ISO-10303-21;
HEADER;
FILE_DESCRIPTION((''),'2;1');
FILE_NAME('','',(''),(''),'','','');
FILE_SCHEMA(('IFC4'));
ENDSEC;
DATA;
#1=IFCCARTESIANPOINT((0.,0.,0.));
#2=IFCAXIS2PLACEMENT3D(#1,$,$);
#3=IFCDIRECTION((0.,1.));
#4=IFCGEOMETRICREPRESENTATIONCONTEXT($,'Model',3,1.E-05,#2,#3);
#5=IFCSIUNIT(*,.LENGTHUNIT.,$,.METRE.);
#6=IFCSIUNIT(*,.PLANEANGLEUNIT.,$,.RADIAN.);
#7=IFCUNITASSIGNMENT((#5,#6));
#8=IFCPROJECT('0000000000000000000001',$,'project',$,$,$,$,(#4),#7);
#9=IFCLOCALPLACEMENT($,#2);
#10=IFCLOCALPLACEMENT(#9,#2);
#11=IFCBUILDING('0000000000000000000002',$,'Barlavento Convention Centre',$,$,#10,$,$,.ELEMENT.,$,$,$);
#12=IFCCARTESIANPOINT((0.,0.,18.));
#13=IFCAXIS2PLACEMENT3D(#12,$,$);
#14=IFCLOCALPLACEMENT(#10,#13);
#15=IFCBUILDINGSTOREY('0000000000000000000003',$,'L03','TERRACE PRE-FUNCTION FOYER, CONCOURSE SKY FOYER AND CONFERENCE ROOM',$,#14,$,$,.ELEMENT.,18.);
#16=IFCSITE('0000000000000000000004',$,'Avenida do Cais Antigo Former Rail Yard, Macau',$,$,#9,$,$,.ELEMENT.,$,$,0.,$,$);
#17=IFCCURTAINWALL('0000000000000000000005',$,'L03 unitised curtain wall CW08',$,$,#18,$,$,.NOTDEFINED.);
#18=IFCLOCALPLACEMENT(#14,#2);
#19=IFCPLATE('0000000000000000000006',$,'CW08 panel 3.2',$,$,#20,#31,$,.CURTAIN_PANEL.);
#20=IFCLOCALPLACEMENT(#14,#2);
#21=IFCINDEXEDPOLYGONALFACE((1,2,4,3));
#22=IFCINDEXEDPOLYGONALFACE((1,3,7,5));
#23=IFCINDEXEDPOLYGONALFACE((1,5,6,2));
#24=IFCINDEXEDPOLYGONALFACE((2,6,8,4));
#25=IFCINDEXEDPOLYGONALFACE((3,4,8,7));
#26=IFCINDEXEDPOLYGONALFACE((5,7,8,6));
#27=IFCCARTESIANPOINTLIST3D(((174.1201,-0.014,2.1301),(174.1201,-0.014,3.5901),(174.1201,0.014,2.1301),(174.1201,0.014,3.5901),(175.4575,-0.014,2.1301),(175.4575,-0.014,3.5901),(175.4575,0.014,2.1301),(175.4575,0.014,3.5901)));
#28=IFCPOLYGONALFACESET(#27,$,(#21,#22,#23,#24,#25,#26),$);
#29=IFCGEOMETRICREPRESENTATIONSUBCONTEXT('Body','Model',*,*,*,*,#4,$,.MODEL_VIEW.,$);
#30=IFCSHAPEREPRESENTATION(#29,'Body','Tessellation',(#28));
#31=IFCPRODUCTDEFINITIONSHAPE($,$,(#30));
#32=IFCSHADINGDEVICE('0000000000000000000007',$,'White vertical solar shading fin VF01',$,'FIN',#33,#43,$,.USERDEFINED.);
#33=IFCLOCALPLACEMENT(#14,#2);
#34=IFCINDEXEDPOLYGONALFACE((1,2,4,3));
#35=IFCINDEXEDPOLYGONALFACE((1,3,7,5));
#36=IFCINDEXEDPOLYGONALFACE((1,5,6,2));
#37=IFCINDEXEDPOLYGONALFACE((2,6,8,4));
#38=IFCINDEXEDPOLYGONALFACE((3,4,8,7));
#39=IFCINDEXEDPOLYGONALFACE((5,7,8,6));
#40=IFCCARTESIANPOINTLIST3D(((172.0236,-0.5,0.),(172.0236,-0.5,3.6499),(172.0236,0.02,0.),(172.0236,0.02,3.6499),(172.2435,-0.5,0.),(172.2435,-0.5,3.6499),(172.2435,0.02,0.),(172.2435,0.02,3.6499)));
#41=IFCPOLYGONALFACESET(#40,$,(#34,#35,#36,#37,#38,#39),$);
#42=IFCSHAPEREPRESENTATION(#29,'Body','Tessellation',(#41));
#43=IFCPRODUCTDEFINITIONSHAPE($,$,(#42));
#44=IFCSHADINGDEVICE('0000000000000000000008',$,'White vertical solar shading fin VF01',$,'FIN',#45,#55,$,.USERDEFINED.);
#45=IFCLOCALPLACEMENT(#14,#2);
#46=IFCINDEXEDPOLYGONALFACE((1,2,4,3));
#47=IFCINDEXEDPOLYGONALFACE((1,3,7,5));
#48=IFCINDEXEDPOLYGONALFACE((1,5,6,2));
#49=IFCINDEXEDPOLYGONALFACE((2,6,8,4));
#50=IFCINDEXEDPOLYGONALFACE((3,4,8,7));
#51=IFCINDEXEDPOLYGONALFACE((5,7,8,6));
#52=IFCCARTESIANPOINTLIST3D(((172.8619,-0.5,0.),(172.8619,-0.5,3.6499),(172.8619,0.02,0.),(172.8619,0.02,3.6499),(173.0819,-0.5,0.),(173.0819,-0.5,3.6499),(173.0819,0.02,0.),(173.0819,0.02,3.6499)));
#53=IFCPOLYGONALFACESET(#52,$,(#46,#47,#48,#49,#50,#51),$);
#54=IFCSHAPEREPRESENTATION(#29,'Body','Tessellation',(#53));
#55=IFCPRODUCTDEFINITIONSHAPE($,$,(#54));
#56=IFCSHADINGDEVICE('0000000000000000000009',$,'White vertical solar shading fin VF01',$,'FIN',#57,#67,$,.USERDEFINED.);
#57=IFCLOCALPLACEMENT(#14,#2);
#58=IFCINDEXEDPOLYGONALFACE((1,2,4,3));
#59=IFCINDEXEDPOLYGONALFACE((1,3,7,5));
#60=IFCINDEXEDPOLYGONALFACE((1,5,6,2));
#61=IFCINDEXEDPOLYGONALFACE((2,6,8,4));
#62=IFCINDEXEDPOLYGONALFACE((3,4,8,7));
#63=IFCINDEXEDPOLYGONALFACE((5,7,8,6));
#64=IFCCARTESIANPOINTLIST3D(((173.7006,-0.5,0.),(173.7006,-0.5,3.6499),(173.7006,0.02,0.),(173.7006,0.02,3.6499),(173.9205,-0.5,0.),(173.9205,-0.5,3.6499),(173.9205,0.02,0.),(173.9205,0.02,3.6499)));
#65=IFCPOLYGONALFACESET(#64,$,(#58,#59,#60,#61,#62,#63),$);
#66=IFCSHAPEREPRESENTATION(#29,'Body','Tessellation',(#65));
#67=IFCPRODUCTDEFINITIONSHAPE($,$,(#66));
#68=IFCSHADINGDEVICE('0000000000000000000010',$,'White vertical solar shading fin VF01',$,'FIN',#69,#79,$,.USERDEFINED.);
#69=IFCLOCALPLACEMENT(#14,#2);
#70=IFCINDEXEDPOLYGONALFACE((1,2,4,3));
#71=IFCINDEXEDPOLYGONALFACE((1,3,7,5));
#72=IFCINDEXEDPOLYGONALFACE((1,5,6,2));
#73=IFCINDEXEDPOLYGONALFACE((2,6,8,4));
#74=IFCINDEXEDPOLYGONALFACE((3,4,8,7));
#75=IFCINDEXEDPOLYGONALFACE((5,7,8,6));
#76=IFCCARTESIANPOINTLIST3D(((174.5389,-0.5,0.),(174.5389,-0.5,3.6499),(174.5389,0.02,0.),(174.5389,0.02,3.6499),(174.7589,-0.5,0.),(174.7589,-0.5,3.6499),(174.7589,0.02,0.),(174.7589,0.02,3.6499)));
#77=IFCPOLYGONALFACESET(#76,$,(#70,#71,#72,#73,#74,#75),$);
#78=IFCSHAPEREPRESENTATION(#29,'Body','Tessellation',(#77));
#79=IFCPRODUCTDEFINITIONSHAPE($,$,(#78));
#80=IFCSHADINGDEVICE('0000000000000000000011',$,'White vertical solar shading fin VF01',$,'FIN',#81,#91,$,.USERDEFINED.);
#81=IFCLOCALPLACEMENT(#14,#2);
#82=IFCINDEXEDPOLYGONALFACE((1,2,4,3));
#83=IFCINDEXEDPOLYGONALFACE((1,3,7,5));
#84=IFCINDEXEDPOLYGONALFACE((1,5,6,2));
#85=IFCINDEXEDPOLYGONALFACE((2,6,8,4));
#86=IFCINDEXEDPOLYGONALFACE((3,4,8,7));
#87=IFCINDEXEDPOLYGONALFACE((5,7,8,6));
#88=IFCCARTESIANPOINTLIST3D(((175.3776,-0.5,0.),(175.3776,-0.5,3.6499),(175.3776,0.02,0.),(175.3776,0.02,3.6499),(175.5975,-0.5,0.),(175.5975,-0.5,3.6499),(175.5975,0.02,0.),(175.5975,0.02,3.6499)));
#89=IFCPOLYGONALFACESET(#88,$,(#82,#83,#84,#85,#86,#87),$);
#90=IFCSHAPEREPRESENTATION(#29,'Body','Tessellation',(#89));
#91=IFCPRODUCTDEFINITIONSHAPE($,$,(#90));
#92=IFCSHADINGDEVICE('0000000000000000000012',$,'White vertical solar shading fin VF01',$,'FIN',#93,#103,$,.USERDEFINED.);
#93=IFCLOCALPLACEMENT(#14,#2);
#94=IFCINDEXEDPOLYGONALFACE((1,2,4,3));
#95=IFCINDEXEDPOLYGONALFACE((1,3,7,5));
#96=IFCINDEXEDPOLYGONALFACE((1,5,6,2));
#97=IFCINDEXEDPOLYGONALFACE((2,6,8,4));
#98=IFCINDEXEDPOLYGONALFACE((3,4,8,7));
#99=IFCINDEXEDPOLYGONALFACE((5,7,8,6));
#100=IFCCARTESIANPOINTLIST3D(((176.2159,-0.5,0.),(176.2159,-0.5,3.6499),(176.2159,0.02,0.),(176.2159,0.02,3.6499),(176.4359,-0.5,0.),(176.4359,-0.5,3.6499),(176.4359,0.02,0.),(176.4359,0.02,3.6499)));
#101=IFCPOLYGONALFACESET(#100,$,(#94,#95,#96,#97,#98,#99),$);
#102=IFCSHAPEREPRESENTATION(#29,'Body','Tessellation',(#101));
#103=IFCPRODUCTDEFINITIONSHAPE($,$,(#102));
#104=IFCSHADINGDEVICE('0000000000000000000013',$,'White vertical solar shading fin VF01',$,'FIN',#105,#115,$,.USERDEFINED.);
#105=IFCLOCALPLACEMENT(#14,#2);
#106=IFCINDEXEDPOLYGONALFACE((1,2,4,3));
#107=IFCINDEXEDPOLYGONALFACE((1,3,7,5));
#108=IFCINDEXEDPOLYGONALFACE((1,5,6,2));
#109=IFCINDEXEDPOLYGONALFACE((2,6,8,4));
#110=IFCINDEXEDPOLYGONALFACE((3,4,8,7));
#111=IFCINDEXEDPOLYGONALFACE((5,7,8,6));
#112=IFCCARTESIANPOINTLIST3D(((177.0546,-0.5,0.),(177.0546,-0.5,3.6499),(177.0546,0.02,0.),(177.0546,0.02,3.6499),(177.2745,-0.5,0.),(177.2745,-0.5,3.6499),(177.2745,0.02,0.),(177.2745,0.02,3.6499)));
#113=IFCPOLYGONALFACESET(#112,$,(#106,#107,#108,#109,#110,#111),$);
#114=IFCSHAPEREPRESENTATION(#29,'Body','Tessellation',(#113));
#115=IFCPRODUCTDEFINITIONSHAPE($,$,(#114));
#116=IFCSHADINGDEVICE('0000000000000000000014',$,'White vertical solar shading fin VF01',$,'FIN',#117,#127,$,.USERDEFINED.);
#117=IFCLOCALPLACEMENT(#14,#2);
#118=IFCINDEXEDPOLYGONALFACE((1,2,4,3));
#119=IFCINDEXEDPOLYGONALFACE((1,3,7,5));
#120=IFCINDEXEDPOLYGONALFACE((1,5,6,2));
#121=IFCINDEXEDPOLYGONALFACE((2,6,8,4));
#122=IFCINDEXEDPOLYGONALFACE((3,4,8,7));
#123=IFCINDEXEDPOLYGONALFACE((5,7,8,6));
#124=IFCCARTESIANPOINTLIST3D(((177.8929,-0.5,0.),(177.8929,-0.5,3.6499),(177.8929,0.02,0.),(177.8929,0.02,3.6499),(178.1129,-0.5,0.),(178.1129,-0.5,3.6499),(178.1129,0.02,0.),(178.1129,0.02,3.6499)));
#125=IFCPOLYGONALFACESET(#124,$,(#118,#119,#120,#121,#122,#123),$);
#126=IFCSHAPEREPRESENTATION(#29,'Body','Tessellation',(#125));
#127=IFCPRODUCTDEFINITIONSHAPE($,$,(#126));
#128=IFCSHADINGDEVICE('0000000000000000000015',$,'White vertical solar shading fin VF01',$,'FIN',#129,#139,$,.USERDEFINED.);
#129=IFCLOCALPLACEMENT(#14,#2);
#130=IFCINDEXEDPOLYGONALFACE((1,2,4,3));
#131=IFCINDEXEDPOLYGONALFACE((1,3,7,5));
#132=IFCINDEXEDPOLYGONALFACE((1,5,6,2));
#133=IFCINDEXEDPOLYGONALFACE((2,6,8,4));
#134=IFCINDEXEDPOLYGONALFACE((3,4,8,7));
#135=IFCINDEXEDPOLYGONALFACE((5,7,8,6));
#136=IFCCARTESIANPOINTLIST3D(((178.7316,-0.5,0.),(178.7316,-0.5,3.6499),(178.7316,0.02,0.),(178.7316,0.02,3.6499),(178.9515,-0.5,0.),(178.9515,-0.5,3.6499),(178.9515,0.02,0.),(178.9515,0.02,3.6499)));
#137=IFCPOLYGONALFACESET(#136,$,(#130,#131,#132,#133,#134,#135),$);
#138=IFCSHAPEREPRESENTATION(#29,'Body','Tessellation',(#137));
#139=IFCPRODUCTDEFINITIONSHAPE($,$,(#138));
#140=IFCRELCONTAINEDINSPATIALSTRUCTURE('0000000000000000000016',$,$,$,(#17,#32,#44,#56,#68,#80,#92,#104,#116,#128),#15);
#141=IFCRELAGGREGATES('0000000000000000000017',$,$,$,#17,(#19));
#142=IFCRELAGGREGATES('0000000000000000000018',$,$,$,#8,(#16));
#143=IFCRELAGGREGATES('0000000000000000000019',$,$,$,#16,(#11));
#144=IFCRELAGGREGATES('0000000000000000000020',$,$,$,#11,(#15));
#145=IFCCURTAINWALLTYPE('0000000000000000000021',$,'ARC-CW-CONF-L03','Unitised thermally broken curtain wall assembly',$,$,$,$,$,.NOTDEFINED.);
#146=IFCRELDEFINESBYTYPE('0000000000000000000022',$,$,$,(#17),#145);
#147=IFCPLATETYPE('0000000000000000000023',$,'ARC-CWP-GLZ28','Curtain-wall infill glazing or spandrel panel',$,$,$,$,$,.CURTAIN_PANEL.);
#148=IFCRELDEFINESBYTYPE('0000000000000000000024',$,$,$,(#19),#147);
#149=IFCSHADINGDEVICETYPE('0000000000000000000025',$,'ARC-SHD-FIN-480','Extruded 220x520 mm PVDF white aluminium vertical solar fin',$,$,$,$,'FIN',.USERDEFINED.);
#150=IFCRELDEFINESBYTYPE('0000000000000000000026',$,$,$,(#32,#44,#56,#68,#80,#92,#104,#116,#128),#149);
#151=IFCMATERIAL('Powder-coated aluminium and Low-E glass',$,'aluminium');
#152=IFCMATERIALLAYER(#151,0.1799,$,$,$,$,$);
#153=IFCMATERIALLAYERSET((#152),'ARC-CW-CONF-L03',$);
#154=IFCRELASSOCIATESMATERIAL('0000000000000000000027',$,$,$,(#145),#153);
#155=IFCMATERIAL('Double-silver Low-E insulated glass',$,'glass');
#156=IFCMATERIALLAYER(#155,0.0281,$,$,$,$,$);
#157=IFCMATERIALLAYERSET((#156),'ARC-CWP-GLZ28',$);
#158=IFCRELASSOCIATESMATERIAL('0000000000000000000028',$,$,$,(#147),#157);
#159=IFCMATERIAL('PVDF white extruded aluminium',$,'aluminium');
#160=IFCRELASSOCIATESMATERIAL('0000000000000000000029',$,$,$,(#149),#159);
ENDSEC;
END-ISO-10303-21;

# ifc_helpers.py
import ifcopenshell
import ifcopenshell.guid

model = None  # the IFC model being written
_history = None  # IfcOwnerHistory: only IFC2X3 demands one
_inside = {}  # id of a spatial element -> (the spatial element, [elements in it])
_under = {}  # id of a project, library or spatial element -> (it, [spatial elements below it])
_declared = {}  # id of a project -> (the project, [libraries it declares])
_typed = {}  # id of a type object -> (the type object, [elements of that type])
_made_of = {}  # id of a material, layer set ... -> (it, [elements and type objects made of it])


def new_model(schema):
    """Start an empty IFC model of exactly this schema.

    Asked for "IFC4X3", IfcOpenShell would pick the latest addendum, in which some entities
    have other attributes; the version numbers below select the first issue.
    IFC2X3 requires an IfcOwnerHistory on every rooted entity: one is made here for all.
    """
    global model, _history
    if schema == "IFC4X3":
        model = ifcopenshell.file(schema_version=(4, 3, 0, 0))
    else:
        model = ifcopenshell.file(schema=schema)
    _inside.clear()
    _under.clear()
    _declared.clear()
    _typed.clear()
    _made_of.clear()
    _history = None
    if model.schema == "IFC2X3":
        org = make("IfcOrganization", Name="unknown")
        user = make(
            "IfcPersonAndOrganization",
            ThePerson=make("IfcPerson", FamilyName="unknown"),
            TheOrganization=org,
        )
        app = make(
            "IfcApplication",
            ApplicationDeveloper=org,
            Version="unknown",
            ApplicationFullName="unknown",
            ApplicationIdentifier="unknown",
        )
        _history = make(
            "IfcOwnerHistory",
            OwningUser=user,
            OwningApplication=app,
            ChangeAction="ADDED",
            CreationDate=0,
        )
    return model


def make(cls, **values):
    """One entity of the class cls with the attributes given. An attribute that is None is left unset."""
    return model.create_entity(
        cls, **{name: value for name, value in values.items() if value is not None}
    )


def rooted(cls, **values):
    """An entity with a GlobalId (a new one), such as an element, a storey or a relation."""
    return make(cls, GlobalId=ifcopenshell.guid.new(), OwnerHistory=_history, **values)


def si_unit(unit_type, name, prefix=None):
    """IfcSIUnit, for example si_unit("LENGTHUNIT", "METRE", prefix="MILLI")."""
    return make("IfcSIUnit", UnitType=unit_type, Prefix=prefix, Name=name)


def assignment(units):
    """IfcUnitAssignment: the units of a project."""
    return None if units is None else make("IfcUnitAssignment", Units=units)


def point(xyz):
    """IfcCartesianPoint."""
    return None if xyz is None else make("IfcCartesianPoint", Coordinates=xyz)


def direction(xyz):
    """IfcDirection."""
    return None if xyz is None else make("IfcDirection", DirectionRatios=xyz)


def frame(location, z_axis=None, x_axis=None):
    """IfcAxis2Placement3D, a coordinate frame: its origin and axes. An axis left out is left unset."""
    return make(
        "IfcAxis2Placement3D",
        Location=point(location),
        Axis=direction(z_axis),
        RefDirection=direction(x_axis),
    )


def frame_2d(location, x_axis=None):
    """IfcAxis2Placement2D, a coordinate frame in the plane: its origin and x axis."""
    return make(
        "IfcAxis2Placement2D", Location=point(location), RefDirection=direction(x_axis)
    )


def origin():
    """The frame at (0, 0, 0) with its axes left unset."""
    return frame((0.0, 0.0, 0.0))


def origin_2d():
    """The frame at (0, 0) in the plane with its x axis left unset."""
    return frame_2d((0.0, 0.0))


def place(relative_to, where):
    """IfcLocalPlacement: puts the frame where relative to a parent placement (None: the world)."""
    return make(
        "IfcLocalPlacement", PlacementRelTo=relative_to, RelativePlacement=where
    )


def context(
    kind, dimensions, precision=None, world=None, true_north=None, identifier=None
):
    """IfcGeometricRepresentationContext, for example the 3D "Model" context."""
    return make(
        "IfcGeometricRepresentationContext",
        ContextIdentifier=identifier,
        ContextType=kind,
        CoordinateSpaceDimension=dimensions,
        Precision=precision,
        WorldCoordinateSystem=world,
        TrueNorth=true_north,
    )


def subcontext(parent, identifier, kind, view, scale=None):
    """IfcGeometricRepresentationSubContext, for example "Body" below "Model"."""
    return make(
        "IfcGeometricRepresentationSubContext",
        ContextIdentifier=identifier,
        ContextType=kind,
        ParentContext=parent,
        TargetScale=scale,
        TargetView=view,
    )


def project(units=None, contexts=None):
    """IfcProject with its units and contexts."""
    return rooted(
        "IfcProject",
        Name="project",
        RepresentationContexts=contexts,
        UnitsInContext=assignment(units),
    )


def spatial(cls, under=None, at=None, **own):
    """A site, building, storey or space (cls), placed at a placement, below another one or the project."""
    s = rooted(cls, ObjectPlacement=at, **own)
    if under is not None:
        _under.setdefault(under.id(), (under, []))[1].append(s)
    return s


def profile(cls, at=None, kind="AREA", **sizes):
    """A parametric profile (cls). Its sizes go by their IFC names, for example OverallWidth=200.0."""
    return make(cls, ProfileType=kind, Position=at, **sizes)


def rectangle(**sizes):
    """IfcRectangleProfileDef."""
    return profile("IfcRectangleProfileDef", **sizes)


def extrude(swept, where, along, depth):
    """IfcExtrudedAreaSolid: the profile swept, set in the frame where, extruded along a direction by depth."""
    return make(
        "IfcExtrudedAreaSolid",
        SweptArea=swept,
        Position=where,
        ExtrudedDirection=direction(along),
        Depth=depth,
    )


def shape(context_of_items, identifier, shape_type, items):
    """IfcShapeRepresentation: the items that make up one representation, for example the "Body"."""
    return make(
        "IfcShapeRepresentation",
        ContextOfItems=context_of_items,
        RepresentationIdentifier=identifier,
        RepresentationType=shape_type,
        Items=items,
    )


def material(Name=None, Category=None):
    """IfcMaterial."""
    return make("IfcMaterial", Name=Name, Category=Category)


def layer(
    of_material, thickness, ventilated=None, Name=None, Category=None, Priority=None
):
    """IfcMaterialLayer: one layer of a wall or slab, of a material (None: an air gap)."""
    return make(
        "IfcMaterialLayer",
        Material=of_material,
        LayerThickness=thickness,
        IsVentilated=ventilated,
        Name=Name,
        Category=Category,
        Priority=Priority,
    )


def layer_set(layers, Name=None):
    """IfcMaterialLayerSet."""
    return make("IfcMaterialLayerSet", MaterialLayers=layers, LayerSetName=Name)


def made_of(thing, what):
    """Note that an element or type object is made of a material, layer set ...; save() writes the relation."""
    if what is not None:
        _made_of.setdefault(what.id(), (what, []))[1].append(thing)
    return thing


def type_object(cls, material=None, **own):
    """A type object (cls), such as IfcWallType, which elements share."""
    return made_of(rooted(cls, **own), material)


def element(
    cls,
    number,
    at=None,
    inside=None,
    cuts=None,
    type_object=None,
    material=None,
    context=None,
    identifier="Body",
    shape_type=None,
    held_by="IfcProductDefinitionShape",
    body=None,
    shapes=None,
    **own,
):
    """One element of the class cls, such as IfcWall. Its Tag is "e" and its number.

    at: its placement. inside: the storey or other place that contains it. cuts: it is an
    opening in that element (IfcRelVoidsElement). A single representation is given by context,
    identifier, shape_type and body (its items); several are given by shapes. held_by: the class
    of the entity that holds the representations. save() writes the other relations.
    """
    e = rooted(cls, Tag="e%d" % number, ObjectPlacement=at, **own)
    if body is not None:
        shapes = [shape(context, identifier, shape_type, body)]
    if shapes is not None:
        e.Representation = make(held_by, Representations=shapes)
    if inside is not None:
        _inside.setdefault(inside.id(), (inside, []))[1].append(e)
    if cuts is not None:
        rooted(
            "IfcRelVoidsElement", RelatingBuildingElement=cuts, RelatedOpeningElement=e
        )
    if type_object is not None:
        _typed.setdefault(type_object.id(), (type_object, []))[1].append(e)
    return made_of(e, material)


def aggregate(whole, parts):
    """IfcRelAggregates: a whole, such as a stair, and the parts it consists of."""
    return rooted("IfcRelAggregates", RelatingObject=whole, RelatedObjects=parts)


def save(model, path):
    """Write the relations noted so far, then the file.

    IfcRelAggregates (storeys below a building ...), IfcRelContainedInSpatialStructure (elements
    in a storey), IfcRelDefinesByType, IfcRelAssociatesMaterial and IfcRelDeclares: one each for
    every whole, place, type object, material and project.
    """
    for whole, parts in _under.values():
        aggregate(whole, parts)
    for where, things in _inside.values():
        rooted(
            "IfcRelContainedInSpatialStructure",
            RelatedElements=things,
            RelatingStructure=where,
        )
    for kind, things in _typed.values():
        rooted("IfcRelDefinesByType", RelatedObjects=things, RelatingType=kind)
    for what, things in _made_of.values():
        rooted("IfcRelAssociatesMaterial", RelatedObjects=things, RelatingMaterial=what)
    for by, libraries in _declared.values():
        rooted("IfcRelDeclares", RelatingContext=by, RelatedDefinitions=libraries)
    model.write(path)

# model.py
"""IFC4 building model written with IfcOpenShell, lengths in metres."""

from ifc_helpers import new_model, si_unit, direction, frame, origin, origin_2d, place, context, subcontext, project, spatial, rectangle, extrude, material, layer, layer_set, type_object, element, aggregate, save


model = new_model("IFC4")

# Units and contexts
model_context = context("Model", 3, precision=1e-05, world=origin(), true_north=direction((0.0, 1.0)))
body_context = subcontext(model_context, "Body", "Model", "MODEL_VIEW")
ifc_project = project(units=[si_unit("LENGTHUNIT", "METRE"), si_unit("PLANEANGLEUNIT", "RADIAN")], contexts=[model_context])

# Site, building, storey
site_placement = place(None, origin())
site = spatial("IfcSite", under=ifc_project, at=site_placement, Name="Avenida do Cais Antigo Former Rail Yard, Macau", CompositionType="ELEMENT", RefElevation=0.0)
building_placement = place(site_placement, origin())
building = spatial("IfcBuilding", under=site, at=building_placement, Name="Barlavento Convention Centre", CompositionType="ELEMENT")
storey_placement = place(building_placement, frame((0.0, 0.0, 18.0)))
storey = spatial("IfcBuildingStorey", under=building, at=storey_placement, Name="L03", Description="TERRACE PRE-FUNCTION FOYER, CONCOURSE SKY FOYER AND CONFERENCE ROOM", CompositionType="ELEMENT", Elevation=18.0)

# Curtain wall
ifc_material_1 = material(Name="Powder-coated aluminium and Low-E glass", Category="aluminium")
ifc_layer_1 = layer(ifc_material_1, 0.1799)
ifc_layer_set_1 = layer_set([ifc_layer_1], Name="ARC-CW-CONF-L03")
curtain_wall_type = type_object("IfcCurtainWallType", Name="ARC-CW-CONF-L03", Description="Unitised thermally broken curtain wall assembly", PredefinedType="NOTDEFINED", material=ifc_layer_set_1)
curtain_wall_placement = place(storey_placement, origin())
curtain_wall = element("IfcCurtainWall", 1, at=curtain_wall_placement, inside=storey, type_object=curtain_wall_type, Name="L03 unitised curtain wall CW08", PredefinedType="NOTDEFINED")

# Plate
ifc_material_2 = material(Name="Double-silver Low-E insulated glass", Category="glass")
ifc_layer_2 = layer(ifc_material_2, 0.0281)
ifc_layer_set_2 = layer_set([ifc_layer_2], Name="ARC-CWP-GLZ28")
plate_type = type_object("IfcPlateType", Name="ARC-CWP-GLZ28", Description="Curtain-wall infill glazing or spandrel panel", PredefinedType="CURTAIN_PANEL", material=ifc_layer_set_2)
plate_1_placement = place(storey_placement, frame((174.7888, 0.0, 2.1301), z_axis=(0.0, 0.0, 1.0), x_axis=(1.0, 0.0, 0.0)))
plate_1 = element("IfcPlate", 2, at=plate_1_placement, type_object=plate_type, Name="CW08 panel 3.2", PredefinedType="CURTAIN_PANEL", context=body_context, shape_type="SweptSolid", body=[
    extrude(rectangle(XDim=1.3374, YDim=0.0281, at=origin_2d()), origin(), (0.0, 0.0, 1.0), 1.46),
])
aggregate(curtain_wall, [plate_1])

# Shading devices
ifc_material_3 = material(Name="PVDF white extruded aluminium", Category="aluminium")
shading_device_type = type_object("IfcShadingDeviceType", Name="ARC-SHD-FIN-480", Description="Extruded 220x520 mm PVDF white aluminium vertical solar fin", ElementType="FIN", PredefinedType="USERDEFINED", material=ifc_material_3)
for number, where, z_axis, x_axis, name in (
    (3, (172.1335, -0.24, 0.0), (0.0, 0.0, 1.0), (1.0, 0.0, 0.0), "White vertical solar shading fin VF01"),
    (4, (172.9719, -0.24, 0.0), (0.0, 0.0, 1.0), (1.0, 0.0, 0.0), "White vertical solar shading fin VF01"),
    (5, (173.8105, -0.24, 0.0), (0.0, 0.0, 1.0), (1.0, 0.0, 0.0), "White vertical solar shading fin VF01"),
    (6, (174.6489, -0.24, 0.0), (0.0, 0.0, 1.0), (1.0, 0.0, 0.0), "White vertical solar shading fin VF01"),
    (7, (175.4875, -0.24, 0.0), (0.0, 0.0, 1.0), (1.0, 0.0, 0.0), "White vertical solar shading fin VF01"),
    (8, (176.3259, -0.24, 0.0), (0.0, 0.0, 1.0), (1.0, 0.0, 0.0), "White vertical solar shading fin VF01"),
    (9, (177.1646, -0.24, 0.0), (0.0, 0.0, 1.0), (1.0, 0.0, 0.0), "White vertical solar shading fin VF01"),
    (10, (178.0029, -0.24, 0.0), (0.0, 0.0, 1.0), (1.0, 0.0, 0.0), "White vertical solar shading fin VF01"),
    (11, (178.8416, -0.24, 0.0), (0.0, 0.0, 1.0), (1.0, 0.0, 0.0), "White vertical solar shading fin VF01"),
):
    element("IfcShadingDevice", number, at=place(storey_placement, frame(where, z_axis=z_axis, x_axis=x_axis)), inside=storey, type_object=shading_device_type, Name=name, ObjectType="FIN", PredefinedType="USERDEFINED", context=body_context, shape_type="SweptSolid", body=[
        extrude(rectangle(XDim=0.22, YDim=0.52, at=origin_2d()), origin(), (0.0, 0.0, 1.0), 3.6499),
    ])

save(model, "model.ifc")
